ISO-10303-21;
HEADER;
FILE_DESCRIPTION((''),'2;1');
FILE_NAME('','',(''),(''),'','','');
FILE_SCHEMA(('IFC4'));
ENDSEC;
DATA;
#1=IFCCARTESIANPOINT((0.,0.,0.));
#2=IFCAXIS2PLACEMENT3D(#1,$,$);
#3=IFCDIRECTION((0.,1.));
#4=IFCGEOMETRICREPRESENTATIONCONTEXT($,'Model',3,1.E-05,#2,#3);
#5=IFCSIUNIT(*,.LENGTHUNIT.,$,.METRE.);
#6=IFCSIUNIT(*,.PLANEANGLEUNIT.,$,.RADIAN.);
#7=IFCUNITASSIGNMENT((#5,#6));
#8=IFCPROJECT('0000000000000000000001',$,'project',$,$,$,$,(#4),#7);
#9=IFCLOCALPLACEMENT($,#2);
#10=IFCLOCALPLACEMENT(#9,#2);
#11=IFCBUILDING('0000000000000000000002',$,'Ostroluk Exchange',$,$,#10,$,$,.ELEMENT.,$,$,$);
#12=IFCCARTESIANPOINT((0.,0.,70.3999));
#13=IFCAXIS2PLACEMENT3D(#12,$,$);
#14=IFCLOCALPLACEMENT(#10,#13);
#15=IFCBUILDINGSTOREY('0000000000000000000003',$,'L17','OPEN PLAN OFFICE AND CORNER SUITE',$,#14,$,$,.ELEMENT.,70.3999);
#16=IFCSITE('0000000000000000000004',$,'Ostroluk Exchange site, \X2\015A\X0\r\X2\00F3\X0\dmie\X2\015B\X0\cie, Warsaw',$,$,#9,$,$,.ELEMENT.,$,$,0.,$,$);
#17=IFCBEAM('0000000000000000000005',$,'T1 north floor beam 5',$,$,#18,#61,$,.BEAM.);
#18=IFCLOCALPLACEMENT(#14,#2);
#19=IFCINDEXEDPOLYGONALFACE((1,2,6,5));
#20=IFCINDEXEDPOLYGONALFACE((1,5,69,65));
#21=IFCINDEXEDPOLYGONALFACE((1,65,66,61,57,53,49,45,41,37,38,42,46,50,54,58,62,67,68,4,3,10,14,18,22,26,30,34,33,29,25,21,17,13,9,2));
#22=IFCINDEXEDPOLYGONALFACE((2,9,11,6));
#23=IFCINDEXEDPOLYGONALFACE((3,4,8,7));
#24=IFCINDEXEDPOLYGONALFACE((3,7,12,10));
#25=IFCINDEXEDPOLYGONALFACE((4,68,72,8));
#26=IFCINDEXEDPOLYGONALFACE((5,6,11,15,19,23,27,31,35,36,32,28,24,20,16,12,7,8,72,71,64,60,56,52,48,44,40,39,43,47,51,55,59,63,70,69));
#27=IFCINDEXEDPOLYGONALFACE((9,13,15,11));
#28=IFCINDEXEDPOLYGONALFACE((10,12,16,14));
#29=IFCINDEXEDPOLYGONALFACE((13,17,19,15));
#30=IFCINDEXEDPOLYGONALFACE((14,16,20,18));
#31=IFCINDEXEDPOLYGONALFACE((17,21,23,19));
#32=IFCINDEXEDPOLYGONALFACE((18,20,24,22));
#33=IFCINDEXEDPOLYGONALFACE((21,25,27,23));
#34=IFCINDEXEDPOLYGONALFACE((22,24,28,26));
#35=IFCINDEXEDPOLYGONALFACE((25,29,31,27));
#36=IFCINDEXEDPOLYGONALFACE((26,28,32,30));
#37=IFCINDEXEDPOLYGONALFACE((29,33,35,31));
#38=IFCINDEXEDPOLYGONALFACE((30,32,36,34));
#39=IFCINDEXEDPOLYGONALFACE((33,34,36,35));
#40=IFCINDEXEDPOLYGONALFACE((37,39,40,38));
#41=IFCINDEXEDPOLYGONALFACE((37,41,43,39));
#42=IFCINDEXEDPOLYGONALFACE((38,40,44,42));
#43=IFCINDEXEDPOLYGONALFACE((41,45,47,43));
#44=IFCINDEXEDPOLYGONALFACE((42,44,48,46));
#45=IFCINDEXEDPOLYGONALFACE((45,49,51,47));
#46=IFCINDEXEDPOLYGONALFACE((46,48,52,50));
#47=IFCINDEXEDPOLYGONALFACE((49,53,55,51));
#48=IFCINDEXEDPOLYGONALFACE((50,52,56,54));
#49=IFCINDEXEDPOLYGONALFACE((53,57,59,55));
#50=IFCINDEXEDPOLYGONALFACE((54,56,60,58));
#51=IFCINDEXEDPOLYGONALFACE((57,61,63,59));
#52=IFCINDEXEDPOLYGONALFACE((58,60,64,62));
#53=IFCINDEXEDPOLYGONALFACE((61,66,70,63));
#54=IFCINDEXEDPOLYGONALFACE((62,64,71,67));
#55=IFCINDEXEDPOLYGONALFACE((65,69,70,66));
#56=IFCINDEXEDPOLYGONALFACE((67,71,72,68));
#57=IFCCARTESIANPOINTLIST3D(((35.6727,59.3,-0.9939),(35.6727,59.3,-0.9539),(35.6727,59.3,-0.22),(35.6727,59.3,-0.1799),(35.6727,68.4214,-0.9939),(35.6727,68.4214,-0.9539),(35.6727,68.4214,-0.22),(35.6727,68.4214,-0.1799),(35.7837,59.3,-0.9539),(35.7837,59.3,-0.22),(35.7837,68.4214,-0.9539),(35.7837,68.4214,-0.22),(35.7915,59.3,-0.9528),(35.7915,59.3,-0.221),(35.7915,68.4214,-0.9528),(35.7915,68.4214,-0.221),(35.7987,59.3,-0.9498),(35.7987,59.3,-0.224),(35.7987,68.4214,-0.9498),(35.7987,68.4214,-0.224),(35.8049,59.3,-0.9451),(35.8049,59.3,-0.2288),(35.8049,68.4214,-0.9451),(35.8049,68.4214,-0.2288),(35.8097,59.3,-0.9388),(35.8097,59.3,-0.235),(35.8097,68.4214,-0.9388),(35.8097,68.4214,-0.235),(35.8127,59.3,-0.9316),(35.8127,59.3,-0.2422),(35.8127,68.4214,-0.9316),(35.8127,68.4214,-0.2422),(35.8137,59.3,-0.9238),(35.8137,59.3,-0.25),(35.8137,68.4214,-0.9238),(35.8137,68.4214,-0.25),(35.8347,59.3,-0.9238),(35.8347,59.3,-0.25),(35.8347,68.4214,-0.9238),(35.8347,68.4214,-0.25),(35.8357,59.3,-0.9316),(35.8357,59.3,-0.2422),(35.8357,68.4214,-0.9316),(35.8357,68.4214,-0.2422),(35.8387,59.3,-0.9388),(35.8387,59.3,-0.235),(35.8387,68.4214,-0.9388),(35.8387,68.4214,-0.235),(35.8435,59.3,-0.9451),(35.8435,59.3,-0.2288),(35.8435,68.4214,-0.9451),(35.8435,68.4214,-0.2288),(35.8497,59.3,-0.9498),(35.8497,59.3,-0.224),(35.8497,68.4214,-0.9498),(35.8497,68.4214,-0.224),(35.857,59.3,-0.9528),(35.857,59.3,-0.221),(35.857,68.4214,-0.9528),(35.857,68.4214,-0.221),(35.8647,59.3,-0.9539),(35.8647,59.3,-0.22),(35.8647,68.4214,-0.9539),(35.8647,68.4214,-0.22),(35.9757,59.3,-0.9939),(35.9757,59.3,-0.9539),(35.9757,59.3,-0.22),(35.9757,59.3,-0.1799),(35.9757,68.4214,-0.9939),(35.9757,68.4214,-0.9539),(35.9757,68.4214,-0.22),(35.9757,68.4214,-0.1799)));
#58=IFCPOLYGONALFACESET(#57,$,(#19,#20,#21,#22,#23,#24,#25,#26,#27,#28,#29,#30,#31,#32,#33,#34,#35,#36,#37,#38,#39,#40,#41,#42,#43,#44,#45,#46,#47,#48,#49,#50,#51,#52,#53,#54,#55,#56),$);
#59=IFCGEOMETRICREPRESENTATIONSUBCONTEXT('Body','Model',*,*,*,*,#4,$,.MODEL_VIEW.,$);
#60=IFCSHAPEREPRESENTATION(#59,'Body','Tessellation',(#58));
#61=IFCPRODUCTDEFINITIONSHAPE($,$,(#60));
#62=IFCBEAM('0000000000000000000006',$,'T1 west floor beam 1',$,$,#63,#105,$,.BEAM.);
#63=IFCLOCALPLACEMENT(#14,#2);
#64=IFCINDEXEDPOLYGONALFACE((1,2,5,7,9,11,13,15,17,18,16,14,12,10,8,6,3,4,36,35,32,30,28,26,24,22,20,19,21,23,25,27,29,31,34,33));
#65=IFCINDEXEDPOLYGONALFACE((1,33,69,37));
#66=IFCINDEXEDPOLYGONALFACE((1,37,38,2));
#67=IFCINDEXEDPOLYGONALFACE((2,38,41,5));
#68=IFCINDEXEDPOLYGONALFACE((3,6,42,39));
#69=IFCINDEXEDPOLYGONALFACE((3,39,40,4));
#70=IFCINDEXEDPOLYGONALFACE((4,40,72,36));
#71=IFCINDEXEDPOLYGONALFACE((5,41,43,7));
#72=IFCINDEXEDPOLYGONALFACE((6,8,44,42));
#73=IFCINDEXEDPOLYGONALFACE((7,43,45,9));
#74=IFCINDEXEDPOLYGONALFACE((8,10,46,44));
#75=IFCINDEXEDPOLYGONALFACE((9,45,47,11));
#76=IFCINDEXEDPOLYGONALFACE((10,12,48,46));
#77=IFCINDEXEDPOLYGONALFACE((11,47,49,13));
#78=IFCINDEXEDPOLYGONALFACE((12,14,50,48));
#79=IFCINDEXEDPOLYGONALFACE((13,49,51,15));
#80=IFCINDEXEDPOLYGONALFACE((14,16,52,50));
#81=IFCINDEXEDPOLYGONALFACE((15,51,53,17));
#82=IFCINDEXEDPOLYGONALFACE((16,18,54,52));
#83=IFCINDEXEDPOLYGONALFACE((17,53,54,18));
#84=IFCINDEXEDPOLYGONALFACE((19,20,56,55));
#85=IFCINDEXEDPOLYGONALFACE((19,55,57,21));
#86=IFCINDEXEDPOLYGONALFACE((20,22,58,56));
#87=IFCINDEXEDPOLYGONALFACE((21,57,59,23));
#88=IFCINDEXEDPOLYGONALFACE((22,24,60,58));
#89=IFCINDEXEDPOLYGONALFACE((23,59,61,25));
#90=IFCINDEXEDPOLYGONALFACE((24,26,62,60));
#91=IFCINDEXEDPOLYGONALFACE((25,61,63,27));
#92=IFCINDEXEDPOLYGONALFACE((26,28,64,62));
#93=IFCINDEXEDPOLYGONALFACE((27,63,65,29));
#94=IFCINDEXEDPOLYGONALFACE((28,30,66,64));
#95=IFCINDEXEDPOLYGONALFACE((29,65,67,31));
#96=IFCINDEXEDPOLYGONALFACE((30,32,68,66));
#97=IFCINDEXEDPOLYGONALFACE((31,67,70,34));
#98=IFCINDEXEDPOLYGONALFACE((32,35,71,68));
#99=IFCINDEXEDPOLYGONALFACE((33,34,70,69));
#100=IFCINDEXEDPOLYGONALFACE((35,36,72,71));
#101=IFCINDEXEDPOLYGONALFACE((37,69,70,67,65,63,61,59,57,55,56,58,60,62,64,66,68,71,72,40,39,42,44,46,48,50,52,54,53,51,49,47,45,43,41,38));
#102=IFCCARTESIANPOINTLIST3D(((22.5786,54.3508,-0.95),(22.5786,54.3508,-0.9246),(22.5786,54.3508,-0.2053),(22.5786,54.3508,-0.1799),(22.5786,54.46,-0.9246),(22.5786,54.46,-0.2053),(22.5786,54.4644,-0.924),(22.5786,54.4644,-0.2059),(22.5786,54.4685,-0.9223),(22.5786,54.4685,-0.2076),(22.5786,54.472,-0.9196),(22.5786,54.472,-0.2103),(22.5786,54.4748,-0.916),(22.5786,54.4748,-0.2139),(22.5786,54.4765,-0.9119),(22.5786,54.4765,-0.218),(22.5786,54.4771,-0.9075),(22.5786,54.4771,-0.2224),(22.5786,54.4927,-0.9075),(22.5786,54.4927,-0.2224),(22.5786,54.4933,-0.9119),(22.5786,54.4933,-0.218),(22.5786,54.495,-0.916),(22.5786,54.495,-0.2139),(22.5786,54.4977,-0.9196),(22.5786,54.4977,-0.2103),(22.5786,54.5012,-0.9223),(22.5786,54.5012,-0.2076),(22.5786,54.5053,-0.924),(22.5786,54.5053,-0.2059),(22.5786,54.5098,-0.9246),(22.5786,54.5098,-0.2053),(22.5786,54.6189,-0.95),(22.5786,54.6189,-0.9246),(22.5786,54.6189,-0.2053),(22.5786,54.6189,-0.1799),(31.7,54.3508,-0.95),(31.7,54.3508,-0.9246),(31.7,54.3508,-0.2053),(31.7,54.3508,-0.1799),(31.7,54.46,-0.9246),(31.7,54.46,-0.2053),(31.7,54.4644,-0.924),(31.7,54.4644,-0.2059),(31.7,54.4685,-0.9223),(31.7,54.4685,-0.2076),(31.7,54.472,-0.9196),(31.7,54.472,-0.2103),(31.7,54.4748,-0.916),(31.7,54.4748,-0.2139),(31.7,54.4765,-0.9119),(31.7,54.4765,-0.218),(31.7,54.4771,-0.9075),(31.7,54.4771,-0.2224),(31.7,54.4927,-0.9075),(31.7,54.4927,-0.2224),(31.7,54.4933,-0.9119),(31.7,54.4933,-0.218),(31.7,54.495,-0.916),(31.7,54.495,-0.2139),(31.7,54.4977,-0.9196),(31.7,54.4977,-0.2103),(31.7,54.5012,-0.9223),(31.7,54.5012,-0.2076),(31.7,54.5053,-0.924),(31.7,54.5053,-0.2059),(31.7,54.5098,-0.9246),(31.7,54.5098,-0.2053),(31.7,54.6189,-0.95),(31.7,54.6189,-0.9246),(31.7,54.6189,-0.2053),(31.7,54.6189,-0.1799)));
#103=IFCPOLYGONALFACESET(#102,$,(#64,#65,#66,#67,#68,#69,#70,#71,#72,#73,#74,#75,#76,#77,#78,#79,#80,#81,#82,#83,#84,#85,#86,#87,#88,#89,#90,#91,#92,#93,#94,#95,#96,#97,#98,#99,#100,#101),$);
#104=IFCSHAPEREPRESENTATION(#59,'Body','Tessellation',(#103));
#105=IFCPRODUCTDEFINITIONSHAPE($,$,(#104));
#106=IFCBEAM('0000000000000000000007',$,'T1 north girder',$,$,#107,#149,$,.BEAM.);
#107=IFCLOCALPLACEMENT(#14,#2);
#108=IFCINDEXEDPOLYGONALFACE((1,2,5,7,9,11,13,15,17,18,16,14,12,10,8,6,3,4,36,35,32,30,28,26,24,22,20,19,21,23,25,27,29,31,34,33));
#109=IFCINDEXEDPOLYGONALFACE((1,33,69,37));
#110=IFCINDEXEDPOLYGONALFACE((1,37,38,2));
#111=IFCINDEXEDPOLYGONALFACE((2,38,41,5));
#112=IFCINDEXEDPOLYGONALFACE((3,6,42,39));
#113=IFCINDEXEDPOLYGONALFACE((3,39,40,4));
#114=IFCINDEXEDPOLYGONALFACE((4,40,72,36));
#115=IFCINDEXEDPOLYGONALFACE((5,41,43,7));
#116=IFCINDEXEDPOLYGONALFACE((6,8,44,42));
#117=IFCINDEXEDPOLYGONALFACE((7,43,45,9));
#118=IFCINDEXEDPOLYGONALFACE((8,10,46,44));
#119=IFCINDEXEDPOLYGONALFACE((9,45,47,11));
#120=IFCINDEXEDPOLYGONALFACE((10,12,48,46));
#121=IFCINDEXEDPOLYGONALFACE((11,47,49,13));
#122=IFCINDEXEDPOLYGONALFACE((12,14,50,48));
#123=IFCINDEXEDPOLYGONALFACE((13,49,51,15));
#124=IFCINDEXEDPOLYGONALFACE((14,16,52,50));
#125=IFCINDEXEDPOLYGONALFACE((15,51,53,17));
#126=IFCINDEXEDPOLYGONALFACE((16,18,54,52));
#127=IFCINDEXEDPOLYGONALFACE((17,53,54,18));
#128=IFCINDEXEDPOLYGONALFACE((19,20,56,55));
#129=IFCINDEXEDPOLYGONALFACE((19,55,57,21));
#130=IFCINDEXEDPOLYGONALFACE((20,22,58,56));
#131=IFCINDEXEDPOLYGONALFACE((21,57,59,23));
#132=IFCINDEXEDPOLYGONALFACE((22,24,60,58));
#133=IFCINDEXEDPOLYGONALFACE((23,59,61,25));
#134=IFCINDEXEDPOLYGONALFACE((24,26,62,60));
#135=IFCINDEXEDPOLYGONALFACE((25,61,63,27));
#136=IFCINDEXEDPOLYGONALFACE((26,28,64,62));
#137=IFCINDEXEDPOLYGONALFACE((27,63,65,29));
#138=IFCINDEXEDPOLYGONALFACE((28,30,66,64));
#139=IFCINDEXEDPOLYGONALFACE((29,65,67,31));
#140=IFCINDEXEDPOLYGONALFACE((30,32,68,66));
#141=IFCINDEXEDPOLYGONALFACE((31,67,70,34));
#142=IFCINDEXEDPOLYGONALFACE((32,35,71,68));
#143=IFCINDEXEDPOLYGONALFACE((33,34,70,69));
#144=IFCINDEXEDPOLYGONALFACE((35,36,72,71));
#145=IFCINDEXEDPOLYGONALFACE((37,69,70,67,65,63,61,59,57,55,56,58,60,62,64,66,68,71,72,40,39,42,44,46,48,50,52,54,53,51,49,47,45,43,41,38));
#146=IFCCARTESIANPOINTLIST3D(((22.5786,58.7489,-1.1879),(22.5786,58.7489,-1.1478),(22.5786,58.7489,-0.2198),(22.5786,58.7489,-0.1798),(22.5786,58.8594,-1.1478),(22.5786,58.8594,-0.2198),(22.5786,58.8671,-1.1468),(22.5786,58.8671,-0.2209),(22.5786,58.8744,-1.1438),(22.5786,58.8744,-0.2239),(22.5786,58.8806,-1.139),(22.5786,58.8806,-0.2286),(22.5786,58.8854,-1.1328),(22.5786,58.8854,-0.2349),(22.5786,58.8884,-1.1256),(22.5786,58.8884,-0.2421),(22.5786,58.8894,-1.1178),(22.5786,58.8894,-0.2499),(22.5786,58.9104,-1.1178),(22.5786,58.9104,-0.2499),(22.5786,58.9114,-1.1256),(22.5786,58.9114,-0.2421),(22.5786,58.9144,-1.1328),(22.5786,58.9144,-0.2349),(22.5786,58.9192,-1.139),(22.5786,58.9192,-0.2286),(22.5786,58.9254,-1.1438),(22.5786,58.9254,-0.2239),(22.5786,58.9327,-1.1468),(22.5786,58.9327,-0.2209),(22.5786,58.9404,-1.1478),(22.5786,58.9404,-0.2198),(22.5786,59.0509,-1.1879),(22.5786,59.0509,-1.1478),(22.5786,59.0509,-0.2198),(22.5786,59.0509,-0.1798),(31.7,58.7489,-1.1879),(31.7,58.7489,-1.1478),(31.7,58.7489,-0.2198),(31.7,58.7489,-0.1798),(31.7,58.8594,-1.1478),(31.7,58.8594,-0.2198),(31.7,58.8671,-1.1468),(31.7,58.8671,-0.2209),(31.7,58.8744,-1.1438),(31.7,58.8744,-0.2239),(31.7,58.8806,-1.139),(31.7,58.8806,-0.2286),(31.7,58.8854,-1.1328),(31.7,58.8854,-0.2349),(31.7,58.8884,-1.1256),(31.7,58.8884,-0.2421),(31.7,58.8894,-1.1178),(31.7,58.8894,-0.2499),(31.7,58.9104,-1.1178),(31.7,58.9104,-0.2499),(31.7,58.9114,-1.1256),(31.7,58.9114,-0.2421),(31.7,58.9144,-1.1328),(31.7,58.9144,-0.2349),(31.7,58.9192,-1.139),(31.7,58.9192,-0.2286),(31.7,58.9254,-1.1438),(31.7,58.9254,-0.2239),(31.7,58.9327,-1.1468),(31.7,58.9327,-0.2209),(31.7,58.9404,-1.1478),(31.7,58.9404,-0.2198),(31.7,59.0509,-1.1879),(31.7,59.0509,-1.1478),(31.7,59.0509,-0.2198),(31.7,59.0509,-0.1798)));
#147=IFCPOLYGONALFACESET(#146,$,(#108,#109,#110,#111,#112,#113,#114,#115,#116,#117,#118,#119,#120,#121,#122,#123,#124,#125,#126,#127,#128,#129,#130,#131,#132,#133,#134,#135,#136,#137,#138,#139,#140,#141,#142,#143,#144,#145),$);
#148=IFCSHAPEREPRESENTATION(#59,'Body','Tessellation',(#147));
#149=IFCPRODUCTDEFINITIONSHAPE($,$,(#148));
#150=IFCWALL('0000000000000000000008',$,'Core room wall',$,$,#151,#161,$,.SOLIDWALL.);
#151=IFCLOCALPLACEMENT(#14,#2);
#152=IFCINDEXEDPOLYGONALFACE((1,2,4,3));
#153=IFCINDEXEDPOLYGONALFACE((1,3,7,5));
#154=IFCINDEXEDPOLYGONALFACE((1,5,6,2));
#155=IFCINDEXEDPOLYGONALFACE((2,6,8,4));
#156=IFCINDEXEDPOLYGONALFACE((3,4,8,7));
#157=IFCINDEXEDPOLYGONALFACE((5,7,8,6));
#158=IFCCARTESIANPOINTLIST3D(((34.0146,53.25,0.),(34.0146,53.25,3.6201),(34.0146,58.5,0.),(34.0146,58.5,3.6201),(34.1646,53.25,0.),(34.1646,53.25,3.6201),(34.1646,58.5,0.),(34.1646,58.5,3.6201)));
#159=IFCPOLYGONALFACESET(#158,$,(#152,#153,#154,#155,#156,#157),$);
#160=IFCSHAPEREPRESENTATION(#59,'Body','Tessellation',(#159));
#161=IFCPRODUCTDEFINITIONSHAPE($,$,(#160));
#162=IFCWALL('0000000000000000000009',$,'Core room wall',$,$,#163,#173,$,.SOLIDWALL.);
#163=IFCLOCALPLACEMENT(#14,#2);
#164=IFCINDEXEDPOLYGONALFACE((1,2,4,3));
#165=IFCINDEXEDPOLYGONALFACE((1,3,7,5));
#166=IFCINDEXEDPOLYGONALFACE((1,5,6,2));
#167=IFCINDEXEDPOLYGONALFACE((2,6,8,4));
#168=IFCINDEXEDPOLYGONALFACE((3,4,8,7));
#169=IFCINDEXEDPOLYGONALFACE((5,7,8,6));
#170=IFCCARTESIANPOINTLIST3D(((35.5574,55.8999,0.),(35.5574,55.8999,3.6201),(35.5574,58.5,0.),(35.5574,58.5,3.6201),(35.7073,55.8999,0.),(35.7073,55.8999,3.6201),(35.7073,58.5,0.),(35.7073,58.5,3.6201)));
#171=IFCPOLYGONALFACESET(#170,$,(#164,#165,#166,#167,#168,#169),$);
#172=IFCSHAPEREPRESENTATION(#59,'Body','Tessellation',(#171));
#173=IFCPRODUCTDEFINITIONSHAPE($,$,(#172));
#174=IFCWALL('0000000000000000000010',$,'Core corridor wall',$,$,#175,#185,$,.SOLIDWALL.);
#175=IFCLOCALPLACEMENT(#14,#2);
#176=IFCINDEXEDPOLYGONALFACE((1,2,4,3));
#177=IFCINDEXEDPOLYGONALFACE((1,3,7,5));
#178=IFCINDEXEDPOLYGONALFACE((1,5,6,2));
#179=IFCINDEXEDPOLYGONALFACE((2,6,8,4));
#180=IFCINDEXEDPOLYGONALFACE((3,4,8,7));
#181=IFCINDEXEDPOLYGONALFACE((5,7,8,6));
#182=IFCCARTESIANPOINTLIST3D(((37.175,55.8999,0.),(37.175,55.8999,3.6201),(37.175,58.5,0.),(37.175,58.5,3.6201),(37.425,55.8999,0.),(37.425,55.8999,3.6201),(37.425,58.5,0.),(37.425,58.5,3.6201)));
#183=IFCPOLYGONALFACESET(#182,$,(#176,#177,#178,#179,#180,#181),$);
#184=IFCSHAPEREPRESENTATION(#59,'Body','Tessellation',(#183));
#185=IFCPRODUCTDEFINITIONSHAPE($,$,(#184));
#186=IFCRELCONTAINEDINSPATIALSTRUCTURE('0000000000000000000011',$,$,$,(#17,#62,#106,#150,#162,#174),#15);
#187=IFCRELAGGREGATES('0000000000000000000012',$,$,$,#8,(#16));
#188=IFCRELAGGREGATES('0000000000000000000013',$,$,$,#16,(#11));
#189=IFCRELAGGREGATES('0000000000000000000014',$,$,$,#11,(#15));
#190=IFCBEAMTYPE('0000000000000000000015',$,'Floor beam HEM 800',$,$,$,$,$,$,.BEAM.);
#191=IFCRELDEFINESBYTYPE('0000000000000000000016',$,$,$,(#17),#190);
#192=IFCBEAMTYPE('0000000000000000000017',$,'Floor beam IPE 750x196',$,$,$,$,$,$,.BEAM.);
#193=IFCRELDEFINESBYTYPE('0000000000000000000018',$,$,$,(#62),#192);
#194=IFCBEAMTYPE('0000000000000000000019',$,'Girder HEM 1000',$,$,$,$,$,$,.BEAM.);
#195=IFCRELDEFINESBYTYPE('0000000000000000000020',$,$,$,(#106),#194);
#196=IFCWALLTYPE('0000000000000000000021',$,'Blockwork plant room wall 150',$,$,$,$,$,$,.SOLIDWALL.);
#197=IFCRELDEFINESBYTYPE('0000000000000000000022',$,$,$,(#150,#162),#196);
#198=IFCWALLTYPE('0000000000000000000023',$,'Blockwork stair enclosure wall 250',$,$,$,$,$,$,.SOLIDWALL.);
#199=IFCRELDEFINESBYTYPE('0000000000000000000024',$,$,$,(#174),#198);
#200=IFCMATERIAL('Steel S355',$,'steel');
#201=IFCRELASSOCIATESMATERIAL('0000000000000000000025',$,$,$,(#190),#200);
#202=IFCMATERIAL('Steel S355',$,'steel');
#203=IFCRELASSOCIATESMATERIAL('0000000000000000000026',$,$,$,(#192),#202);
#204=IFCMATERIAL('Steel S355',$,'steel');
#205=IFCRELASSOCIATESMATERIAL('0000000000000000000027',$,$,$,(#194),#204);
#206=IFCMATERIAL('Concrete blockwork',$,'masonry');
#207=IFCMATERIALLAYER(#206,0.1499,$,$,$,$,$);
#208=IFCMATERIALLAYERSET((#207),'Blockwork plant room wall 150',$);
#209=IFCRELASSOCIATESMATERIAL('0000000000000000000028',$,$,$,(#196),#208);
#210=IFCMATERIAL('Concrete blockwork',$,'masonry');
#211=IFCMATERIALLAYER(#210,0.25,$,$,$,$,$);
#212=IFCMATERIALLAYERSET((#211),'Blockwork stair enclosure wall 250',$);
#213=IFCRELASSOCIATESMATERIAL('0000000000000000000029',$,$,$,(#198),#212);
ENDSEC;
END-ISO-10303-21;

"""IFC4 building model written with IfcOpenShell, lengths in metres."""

from ifc_helpers import new_model, si_unit, direction, frame, frame_2d, origin, origin_2d, place, context, subcontext, project, spatial, rectangle, i_section, extrude, material, layer, layer_set, material_profile, profile_set, type_object, element, save


model = new_model("IFC4")

# Units and contexts
model_context = context("Model", 3, precision=1e-05, world=origin(), true_north=direction((0.0, 1.0)))
body_context = subcontext(model_context, "Body", "Model", "MODEL_VIEW")
ifc_project = project(units=[si_unit("LENGTHUNIT", "METRE"), si_unit("PLANEANGLEUNIT", "RADIAN")], contexts=[model_context])

# Site, building, storey
site_placement = place(None, origin())
site = spatial("IfcSite", under=ifc_project, at=site_placement, Name="Ostroluk Exchange site, Śródmieście, Warsaw", CompositionType="ELEMENT", RefElevation=0.0)
building_placement = place(site_placement, origin())
building = spatial("IfcBuilding", under=site, at=building_placement, Name="Ostroluk Exchange", CompositionType="ELEMENT")
storey_placement = place(building_placement, frame((0.0, 0.0, 70.3999)))
storey = spatial("IfcBuildingStorey", under=building, at=storey_placement, Name="L17", Description="OPEN PLAN OFFICE AND CORNER SUITE", CompositionType="ELEMENT", Elevation=70.3999)

# Beams
ifc_material_1 = material(Name="Steel S355", Category="steel")
ifc_material_profile_1 = material_profile(ifc_material_1, i_section(OverallWidth=0.303, OverallDepth=0.814, WebThickness=0.021, FlangeThickness=0.04, FilletRadius=0.03, at=origin_2d()), Name="HEM 800")
ifc_profile_set_1 = profile_set([ifc_material_profile_1], Name="Steel S355")
beam_type_1 = type_object("IfcBeamType", Name="Floor beam HEM 800", PredefinedType="BEAM", material=ifc_profile_set_1)
beam_1_placement = place(storey_placement, frame((35.8242, 59.3, -0.5869), z_axis=(0.0, 1.0, 0.0), x_axis=(-1.0, 0.0, 0.0)))
element("IfcBeam", 1, at=beam_1_placement, inside=storey, type_object=beam_type_1, Name="T1 north floor beam 5", PredefinedType="BEAM", context=body_context, shape_type="SweptSolid", body=[
    extrude(i_section(OverallWidth=0.303, OverallDepth=0.814, WebThickness=0.021, FlangeThickness=0.04, FilletRadius=0.03, at=origin_2d()), origin(), (0.0, 0.0, 1.0), 9.1213),
])
ifc_material_2 = material(Name="Steel S355", Category="steel")
ifc_material_profile_2 = material_profile(ifc_material_2, i_section(OverallWidth=0.2681, OverallDepth=0.77, WebThickness=0.0156, FlangeThickness=0.0254, FilletRadius=0.0171, at=origin_2d()), Name="IPE 750x196")
ifc_profile_set_2 = profile_set([ifc_material_profile_2], Name="Steel S355")
beam_type_2 = type_object("IfcBeamType", Name="Floor beam IPE 750x196", PredefinedType="BEAM", material=ifc_profile_set_2)
beam_2_placement = place(storey_placement, frame((31.7, 54.4849, -0.5649), z_axis=(-1.0, 0.0, 0.0), x_axis=(0.0, -1.0, 0.0)))
element("IfcBeam", 2, at=beam_2_placement, inside=storey, type_object=beam_type_2, Name="T1 west floor beam 1", PredefinedType="BEAM", context=body_context, shape_type="SweptSolid", body=[
    extrude(i_section(OverallWidth=0.2681, OverallDepth=0.77, WebThickness=0.0156, FlangeThickness=0.0254, FilletRadius=0.0171, at=origin_2d()), origin(), (0.0, 0.0, 1.0), 9.1213),
])
ifc_material_3 = material(Name="Steel S355", Category="steel")
ifc_material_profile_3 = material_profile(ifc_material_3, i_section(OverallWidth=0.302, OverallDepth=1.0081, WebThickness=0.021, FlangeThickness=0.04, FilletRadius=0.03, at=origin_2d()), Name="HEM 1000")
ifc_profile_set_3 = profile_set([ifc_material_profile_3], Name="Steel S355")
beam_type_3 = type_object("IfcBeamType", Name="Girder HEM 1000", PredefinedType="BEAM", material=ifc_profile_set_3)
beam_3_placement = place(storey_placement, frame((31.7, 58.8999, -0.6838), z_axis=(-1.0, 0.0, 0.0), x_axis=(0.0, -1.0, 0.0)))
element("IfcBeam", 3, at=beam_3_placement, inside=storey, type_object=beam_type_3, Name="T1 north girder", PredefinedType="BEAM", context=body_context, shape_type="SweptSolid", body=[
    extrude(i_section(OverallWidth=0.302, OverallDepth=1.0081, WebThickness=0.021, FlangeThickness=0.04, FilletRadius=0.03, at=origin_2d()), origin(), (0.0, 0.0, 1.0), 9.1213),
])

# Walls
ifc_material_4 = material(Name="Concrete blockwork", Category="masonry")
ifc_layer_1 = layer(ifc_material_4, 0.1499)
ifc_layer_set_1 = layer_set([ifc_layer_1], Name="Blockwork plant room wall 150")
wall_type_1 = type_object("IfcWallType", Name="Blockwork plant room wall 150", PredefinedType="SOLIDWALL", material=ifc_layer_set_1)
wall_1_placement = place(storey_placement, frame((34.0896, 53.25, 0.0), z_axis=(0.0, 0.0, 1.0), x_axis=(0.0, 1.0, 0.0)))
element("IfcWall", 4, at=wall_1_placement, inside=storey, type_object=wall_type_1, Name="Core room wall", PredefinedType="SOLIDWALL", context=body_context, shape_type="SweptSolid", body=[
    extrude(rectangle(XDim=5.25, YDim=0.1499, at=frame_2d((2.625, 0.0))), origin(), (0.0, 0.0, 1.0), 3.6201),
])
wall_2_placement = place(storey_placement, frame((35.6323, 55.8999, 0.0), z_axis=(0.0, 0.0, 1.0), x_axis=(0.0, 1.0, 0.0)))
element("IfcWall", 5, at=wall_2_placement, inside=storey, type_object=wall_type_1, Name="Core room wall", PredefinedType="SOLIDWALL", context=body_context, shape_type="SweptSolid", body=[
    extrude(rectangle(XDim=2.6001, YDim=0.1499, at=frame_2d((1.3, 0.0))), origin(), (0.0, 0.0, 1.0), 3.6201),
])
ifc_material_5 = material(Name="Concrete blockwork", Category="masonry")
ifc_layer_2 = layer(ifc_material_5, 0.25)
ifc_layer_set_2 = layer_set([ifc_layer_2], Name="Blockwork stair enclosure wall 250")
wall_type_2 = type_object("IfcWallType", Name="Blockwork stair enclosure wall 250", PredefinedType="SOLIDWALL", material=ifc_layer_set_2)
for number, where, z_axis, x_axis, name in (
    (6, (37.3, 55.8999, 0.0), (0.0, 0.0, 1.0), (0.0, 1.0, 0.0), "Core corridor wall"),
):
    element("IfcWall", number, at=place(storey_placement, frame(where, z_axis=z_axis, x_axis=x_axis)), inside=storey, type_object=wall_type_2, Name=name, PredefinedType="SOLIDWALL", context=body_context, shape_type="SweptSolid", body=[
        extrude(rectangle(XDim=2.6001, YDim=0.25, at=frame_2d((1.3, 0.0))), origin(), (0.0, 0.0, 1.0), 3.6201),
    ])

save(model, "model.ifc")
